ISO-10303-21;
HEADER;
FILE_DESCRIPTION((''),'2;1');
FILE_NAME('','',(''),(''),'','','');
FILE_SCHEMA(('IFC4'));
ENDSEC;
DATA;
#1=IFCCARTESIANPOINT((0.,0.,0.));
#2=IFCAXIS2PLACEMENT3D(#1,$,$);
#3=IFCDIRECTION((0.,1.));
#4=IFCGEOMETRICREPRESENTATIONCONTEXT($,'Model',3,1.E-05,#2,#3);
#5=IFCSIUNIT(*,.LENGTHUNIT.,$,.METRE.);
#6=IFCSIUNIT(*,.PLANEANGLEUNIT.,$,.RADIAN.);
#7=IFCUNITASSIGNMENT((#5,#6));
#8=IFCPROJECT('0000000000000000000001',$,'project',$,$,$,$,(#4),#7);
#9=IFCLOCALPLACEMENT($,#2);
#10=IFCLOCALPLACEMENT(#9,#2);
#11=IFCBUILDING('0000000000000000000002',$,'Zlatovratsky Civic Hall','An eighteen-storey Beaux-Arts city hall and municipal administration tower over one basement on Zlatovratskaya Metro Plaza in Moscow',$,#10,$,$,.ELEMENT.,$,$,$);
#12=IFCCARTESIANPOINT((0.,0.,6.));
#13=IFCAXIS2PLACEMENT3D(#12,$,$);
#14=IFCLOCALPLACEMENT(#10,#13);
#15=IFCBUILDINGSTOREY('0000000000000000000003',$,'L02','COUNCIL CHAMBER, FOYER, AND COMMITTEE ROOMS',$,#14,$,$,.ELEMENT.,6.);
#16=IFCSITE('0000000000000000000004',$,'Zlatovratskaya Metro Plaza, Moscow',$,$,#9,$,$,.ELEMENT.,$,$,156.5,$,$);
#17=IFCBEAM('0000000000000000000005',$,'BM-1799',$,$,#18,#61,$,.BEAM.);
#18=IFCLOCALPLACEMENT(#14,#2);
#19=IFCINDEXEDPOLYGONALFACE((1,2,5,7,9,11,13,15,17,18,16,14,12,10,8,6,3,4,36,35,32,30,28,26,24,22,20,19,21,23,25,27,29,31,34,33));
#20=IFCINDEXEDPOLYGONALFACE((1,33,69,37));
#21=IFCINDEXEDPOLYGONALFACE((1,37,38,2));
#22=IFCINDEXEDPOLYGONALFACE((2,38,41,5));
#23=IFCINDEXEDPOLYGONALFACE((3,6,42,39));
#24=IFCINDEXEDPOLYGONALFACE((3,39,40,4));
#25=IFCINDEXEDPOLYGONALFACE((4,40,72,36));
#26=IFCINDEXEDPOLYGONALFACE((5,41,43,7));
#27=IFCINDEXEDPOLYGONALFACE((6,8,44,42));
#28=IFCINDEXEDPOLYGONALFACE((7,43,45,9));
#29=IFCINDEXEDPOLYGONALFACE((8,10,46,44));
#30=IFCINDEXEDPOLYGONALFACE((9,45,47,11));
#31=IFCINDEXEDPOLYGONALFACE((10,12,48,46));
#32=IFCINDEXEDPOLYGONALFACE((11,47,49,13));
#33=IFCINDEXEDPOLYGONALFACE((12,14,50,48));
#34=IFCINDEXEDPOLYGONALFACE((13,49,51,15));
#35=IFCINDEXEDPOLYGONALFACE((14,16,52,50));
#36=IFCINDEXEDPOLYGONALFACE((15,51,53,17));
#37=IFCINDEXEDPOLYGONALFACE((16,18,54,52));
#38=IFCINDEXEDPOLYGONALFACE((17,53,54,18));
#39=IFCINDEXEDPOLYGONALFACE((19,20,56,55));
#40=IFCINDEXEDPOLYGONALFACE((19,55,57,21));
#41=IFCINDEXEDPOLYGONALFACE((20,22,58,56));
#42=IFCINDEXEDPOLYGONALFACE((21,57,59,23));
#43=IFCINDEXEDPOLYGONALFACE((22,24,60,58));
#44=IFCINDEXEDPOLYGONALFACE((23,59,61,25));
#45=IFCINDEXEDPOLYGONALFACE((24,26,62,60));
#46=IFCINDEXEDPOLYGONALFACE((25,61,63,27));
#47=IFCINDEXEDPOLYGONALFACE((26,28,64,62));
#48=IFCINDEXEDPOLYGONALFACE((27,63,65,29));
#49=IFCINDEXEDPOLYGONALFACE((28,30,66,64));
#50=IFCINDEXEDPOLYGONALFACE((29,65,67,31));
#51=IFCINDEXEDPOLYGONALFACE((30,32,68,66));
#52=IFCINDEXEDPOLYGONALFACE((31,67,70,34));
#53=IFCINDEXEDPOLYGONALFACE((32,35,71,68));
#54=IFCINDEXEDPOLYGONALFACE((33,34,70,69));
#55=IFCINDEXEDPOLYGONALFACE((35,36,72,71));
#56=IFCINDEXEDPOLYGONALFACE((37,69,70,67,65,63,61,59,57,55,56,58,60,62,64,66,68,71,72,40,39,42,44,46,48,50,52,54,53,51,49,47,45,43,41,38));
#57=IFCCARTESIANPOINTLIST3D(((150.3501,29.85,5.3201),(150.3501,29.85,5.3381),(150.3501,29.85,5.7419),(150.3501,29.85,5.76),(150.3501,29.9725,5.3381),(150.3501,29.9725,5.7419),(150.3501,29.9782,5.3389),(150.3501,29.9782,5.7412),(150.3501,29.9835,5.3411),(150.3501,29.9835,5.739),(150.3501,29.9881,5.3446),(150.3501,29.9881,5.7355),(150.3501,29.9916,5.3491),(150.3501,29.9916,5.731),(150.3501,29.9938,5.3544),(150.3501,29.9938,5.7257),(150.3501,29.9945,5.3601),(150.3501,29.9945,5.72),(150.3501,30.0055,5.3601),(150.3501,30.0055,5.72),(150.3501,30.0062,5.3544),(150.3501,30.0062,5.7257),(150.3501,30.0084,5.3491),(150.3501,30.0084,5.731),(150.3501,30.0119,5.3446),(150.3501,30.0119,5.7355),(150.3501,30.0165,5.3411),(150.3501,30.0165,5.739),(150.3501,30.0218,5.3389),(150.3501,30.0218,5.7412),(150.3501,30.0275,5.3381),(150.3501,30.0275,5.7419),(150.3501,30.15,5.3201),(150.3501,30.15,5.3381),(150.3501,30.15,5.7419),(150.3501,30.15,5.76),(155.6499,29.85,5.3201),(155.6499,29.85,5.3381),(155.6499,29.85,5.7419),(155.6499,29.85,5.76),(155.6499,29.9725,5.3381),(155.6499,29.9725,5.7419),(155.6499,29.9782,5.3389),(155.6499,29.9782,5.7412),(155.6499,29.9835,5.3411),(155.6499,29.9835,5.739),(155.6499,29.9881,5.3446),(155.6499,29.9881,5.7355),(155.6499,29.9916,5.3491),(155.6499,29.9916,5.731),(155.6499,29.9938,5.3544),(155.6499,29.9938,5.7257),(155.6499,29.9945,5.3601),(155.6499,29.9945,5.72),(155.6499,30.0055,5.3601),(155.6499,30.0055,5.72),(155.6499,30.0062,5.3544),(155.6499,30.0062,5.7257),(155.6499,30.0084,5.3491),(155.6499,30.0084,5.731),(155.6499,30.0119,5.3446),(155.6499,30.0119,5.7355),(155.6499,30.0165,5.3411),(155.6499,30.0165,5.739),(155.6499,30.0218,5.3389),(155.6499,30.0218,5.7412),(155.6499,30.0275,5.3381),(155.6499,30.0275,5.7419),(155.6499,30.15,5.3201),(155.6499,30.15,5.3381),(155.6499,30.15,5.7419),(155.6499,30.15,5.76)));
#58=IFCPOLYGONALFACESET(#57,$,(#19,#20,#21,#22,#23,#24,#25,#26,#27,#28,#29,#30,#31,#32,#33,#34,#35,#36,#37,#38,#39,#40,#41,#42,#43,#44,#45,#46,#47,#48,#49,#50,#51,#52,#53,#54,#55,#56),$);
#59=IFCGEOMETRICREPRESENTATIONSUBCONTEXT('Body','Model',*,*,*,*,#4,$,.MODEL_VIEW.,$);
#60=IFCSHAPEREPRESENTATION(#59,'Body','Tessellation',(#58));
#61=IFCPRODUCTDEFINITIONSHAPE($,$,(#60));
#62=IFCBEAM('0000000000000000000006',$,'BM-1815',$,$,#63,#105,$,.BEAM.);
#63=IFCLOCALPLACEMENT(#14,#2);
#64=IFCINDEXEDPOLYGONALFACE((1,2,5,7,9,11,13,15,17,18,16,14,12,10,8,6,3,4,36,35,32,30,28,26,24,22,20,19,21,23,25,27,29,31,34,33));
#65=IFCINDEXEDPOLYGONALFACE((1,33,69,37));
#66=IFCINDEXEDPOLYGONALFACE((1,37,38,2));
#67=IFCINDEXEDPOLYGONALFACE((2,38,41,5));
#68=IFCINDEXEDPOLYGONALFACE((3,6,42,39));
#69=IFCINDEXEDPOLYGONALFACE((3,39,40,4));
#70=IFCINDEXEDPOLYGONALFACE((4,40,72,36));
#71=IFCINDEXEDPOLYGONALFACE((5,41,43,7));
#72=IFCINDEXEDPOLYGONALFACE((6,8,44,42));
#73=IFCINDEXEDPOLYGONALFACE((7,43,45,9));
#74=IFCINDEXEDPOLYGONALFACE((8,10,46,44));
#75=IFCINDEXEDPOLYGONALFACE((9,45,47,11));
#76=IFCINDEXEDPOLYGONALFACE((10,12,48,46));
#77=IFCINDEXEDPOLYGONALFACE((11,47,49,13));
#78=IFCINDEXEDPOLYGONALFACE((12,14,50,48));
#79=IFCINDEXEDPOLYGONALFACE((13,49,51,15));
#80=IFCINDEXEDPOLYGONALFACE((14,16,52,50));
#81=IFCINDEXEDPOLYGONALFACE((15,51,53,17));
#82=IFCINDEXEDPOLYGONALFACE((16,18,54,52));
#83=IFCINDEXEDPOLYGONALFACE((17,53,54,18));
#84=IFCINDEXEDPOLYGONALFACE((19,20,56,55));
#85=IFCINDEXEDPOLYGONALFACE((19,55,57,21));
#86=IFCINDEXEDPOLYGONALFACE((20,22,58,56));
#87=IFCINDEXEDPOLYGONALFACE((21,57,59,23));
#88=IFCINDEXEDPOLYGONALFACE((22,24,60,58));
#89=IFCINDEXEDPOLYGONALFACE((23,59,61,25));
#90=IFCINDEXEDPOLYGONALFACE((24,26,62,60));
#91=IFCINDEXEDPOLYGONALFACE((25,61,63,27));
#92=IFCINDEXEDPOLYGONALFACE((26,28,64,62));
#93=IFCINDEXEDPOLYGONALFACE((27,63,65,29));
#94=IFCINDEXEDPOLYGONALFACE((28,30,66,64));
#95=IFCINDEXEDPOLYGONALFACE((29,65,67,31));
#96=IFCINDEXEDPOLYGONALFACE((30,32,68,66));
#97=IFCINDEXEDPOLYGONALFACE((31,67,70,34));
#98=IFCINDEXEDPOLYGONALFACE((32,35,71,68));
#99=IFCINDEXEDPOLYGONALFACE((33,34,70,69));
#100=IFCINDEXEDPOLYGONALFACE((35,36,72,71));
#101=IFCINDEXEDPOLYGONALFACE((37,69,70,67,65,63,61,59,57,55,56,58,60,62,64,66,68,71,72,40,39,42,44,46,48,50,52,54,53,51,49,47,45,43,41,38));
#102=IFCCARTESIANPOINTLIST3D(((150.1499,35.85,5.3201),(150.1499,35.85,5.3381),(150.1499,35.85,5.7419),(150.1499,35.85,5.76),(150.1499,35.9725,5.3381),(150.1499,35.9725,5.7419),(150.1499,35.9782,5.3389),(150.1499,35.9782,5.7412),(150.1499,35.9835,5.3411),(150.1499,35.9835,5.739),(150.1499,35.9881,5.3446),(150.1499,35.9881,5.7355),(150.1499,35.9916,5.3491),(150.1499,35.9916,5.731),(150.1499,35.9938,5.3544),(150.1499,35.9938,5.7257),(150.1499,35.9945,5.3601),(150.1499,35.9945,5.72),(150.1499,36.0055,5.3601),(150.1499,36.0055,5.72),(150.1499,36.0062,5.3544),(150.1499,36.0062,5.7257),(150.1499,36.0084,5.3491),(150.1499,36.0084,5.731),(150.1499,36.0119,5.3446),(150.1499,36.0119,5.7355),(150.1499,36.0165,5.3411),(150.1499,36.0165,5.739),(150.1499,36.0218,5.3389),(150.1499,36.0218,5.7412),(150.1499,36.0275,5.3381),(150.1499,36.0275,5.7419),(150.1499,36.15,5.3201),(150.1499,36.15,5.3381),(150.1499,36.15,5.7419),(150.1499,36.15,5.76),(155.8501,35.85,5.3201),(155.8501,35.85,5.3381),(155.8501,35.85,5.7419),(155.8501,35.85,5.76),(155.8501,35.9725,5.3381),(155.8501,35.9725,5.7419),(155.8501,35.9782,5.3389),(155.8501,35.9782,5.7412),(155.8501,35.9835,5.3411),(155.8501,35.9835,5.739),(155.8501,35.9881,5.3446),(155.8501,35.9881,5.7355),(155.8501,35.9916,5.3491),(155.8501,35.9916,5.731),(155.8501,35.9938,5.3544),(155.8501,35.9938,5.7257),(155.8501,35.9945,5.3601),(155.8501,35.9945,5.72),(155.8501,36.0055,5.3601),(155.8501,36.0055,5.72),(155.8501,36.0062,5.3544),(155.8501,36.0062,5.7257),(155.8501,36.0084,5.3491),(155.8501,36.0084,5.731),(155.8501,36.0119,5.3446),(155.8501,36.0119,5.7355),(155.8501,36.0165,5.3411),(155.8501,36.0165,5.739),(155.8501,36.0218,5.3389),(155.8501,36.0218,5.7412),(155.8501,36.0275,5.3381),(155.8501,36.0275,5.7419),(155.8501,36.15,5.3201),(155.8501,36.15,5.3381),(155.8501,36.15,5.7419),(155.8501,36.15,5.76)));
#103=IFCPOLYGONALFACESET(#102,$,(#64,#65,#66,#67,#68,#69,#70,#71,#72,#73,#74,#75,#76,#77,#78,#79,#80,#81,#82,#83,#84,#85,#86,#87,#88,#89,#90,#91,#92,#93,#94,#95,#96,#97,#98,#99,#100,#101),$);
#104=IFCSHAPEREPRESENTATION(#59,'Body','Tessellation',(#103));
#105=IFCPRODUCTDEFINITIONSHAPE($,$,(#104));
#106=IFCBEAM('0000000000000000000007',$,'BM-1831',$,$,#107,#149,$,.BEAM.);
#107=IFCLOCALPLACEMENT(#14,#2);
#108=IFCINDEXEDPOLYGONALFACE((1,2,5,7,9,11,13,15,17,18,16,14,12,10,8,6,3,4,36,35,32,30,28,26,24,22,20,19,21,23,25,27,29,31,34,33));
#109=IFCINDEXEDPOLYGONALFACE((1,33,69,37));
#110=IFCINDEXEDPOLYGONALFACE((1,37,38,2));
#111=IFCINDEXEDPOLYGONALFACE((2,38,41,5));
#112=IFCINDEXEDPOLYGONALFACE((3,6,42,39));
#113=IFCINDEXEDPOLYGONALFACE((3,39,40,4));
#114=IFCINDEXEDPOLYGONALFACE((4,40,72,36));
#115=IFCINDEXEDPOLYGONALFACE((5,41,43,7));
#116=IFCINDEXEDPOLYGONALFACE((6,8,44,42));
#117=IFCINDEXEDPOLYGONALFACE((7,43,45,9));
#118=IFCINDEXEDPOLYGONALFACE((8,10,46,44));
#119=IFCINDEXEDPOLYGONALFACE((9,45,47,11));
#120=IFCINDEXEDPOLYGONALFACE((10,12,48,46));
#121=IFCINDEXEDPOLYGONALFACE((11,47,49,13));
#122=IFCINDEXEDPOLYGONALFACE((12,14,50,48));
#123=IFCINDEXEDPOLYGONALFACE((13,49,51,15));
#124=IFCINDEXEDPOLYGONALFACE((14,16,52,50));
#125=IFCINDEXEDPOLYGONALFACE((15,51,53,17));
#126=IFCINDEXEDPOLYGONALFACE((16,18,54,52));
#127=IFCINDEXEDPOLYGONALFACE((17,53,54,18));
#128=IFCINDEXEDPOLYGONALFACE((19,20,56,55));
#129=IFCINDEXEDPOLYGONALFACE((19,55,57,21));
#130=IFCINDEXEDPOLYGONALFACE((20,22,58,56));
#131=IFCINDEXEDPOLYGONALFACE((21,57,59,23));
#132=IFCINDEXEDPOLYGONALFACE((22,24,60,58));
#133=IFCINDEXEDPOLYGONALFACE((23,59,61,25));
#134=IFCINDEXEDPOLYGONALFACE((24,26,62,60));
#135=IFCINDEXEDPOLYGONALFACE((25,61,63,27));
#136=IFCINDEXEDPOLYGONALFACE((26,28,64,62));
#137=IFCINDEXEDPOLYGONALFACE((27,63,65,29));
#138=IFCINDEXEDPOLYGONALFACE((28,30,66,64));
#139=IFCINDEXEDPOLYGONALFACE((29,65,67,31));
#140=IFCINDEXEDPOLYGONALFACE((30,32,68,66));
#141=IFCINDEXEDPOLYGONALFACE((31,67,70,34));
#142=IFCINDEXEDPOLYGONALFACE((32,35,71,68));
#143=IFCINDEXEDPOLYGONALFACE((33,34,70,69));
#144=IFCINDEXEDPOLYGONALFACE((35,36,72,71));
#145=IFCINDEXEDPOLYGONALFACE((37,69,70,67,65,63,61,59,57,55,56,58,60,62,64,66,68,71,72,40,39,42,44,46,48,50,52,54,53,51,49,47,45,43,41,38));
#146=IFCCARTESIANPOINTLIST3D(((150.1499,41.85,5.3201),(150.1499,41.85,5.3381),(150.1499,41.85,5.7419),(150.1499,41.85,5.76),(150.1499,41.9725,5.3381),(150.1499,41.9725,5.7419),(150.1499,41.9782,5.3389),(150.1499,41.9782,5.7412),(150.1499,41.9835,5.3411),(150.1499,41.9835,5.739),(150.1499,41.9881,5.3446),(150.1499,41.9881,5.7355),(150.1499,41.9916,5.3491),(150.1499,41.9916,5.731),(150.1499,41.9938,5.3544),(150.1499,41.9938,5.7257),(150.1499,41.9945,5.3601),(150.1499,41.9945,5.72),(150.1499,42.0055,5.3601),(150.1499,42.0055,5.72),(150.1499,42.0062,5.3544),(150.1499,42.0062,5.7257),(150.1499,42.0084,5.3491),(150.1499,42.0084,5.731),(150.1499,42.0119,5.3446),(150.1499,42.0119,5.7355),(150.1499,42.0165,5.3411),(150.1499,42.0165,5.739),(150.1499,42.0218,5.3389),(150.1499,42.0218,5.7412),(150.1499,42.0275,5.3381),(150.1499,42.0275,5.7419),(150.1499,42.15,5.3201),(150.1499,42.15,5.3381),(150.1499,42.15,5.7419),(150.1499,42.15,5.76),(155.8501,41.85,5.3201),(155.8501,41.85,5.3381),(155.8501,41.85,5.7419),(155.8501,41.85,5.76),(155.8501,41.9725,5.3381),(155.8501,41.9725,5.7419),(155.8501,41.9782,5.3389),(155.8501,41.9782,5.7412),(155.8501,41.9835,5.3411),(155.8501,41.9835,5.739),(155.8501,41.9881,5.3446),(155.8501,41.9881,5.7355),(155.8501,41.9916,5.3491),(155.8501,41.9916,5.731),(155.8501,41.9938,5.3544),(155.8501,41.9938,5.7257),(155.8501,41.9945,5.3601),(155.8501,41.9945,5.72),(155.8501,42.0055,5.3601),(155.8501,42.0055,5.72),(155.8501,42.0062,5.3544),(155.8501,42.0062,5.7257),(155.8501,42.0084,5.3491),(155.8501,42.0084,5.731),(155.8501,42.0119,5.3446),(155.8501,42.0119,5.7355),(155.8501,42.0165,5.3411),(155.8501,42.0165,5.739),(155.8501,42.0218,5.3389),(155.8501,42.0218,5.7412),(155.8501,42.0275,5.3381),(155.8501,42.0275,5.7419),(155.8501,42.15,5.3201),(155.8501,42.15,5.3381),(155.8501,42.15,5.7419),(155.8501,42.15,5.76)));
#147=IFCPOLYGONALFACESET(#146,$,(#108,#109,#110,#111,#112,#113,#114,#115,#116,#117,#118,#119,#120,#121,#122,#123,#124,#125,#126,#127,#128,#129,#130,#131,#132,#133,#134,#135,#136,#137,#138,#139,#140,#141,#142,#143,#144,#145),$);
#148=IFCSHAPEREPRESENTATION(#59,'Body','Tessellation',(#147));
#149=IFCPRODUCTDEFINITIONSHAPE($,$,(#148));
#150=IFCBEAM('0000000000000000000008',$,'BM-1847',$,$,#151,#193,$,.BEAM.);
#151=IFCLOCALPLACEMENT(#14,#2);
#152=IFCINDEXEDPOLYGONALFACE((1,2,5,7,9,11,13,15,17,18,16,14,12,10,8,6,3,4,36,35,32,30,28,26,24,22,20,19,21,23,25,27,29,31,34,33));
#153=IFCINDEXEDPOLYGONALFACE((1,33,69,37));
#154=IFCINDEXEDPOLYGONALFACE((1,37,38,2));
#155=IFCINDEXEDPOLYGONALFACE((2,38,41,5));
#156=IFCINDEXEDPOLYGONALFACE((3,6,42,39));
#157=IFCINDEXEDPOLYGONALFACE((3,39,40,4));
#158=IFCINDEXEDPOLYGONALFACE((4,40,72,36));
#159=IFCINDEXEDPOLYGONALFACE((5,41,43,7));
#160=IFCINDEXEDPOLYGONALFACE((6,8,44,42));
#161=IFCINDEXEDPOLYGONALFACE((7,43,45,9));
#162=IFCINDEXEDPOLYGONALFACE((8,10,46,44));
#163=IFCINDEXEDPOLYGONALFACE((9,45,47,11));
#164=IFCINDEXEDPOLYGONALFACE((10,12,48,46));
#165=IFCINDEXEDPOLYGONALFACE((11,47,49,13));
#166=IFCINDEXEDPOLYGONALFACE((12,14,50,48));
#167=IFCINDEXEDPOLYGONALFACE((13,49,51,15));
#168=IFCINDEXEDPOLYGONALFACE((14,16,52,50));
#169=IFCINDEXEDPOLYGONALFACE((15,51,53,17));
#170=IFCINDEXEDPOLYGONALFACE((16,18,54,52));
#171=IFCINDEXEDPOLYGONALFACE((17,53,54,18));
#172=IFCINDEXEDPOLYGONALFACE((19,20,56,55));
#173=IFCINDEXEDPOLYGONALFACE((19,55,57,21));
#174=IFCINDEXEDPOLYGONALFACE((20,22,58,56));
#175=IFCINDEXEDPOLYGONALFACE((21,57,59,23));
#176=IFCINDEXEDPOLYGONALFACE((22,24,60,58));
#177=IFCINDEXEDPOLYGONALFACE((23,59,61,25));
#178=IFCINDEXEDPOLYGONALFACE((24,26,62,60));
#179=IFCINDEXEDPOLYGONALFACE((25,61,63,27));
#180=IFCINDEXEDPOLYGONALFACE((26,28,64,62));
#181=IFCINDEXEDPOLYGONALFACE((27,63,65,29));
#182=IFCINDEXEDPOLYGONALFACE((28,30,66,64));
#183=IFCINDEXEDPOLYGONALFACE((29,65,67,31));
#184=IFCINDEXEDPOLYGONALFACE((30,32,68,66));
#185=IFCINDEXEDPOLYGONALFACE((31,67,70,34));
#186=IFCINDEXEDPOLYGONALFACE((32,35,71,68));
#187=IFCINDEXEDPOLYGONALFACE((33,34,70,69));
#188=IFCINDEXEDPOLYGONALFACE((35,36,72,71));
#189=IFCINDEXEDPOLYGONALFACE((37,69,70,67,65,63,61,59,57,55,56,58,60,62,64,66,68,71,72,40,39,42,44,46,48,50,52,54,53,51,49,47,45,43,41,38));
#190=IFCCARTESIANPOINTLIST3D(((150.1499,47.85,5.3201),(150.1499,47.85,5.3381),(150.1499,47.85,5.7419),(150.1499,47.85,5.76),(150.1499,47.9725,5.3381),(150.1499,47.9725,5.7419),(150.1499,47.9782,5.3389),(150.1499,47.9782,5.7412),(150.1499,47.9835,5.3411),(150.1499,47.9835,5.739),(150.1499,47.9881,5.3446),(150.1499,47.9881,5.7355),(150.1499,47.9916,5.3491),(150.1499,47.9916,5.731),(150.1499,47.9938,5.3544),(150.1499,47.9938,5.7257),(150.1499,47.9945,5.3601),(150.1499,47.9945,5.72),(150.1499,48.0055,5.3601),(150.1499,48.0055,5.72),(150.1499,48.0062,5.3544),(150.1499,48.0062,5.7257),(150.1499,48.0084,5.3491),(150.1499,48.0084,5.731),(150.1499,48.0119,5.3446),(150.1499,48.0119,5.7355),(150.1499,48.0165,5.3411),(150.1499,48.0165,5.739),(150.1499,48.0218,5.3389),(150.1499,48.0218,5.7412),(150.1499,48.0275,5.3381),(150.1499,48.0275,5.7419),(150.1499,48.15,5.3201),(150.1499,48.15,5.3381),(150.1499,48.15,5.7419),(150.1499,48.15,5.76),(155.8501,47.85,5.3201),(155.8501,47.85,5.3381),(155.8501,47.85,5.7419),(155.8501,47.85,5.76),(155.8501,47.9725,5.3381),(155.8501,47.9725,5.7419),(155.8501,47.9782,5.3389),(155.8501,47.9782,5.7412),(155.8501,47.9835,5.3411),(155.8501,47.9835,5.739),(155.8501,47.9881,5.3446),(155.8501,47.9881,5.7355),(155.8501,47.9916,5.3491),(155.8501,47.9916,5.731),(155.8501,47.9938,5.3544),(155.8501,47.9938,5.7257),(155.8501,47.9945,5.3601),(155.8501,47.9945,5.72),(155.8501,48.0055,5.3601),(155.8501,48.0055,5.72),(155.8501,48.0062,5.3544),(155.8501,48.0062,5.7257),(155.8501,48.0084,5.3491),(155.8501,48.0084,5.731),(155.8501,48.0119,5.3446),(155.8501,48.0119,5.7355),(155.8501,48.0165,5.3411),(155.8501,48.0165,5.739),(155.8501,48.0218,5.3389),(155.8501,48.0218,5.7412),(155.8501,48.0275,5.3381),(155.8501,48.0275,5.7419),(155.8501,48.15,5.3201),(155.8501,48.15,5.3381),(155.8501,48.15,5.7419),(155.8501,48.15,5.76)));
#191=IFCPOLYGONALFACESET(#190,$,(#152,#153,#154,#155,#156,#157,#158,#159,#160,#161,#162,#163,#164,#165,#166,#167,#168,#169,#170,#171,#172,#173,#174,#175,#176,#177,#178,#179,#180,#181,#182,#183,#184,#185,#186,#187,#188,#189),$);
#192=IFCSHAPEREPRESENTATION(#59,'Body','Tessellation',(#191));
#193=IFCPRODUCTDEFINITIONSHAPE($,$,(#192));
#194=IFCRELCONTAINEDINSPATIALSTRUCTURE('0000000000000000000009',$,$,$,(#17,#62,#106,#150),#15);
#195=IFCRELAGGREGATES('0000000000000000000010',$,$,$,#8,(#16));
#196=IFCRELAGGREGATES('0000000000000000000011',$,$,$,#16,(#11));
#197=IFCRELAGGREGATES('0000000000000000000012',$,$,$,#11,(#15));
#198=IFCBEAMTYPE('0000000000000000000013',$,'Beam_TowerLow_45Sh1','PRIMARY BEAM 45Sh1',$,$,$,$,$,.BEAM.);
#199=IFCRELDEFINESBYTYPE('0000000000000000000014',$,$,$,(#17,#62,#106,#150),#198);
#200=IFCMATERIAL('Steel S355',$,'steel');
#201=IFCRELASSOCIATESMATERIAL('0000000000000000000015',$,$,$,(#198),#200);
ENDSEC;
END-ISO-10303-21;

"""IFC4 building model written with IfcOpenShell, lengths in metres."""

from ifc_helpers import new_model, si_unit, direction, frame, origin, origin_2d, place, context, subcontext, project, spatial, i_section, extrude, material, material_profile, profile_set, type_object, element, save


model = new_model("IFC4")

# Units and contexts
model_context = context("Model", 3, precision=1e-05, world=origin(), true_north=direction((0.0, 1.0)))
body_context = subcontext(model_context, "Body", "Model", "MODEL_VIEW")
ifc_project = project(units=[si_unit("LENGTHUNIT", "METRE"), si_unit("PLANEANGLEUNIT", "RADIAN")], contexts=[model_context])

# Site, building, storey
site_placement = place(None, origin())
site = spatial("IfcSite", under=ifc_project, at=site_placement, Name="Zlatovratskaya Metro Plaza, Moscow", CompositionType="ELEMENT", RefElevation=156.5)
building_placement = place(site_placement, origin())
building = spatial("IfcBuilding", under=site, at=building_placement, Name="Zlatovratsky Civic Hall", Description="An eighteen-storey Beaux-Arts city hall and municipal administration tower over one basement on Zlatovratskaya Metro Plaza in Moscow", CompositionType="ELEMENT")
storey_placement = place(building_placement, frame((0.0, 0.0, 6.0)))
storey = spatial("IfcBuildingStorey", under=building, at=storey_placement, Name="L02", Description="COUNCIL CHAMBER, FOYER, AND COMMITTEE ROOMS", CompositionType="ELEMENT", Elevation=6.0)

# Shared definitions
ifc_material_1 = material(Name="Steel S355", Category="steel")

# Beams
ifc_material_profile_1 = material_profile(ifc_material_1, i_section(OverallWidth=0.3, OverallDepth=0.4399, WebThickness=0.011, FlangeThickness=0.0181, FilletRadius=0.022, at=origin_2d()), Name="45Sh1")
ifc_profile_set_1 = profile_set([ifc_material_profile_1], Name="Steel S355")
beam_type_1 = type_object("IfcBeamType", Name="Beam_TowerLow_45Sh1", Description="PRIMARY BEAM 45Sh1", PredefinedType="BEAM", material=ifc_profile_set_1)
beam_1_placement = place(storey_placement, frame((150.3501, 30.0, 5.54), z_axis=(1.0, 0.0, 0.0), x_axis=(0.0, 1.0, 0.0)))
element("IfcBeam", 1, at=beam_1_placement, inside=storey, type_object=beam_type_1, Name="BM-1799", PredefinedType="BEAM", context=body_context, shape_type="SweptSolid", body=[
    extrude(i_section(OverallWidth=0.3, OverallDepth=0.4399, WebThickness=0.011, FlangeThickness=0.0181, FilletRadius=0.022, at=origin_2d()), origin(), (0.0, 0.0, 1.0), 5.2998),
])
for number, where, z_axis, x_axis, name in (
    (2, (150.1499, 36.0, 5.54), (1.0, 0.0, 0.0), (0.0, 1.0, 0.0), "BM-1815"),
    (3, (150.1499, 42.0, 5.54), (1.0, 0.0, 0.0), (0.0, 1.0, 0.0), "BM-1831"),
    (4, (150.1499, 48.0, 5.54), (1.0, 0.0, 0.0), (0.0, 1.0, 0.0), "BM-1847"),
):
    element("IfcBeam", number, at=place(storey_placement, frame(where, z_axis=z_axis, x_axis=x_axis)), inside=storey, type_object=beam_type_1, Name=name, PredefinedType="BEAM", context=body_context, shape_type="SweptSolid", body=[
        extrude(i_section(OverallWidth=0.3, OverallDepth=0.4399, WebThickness=0.011, FlangeThickness=0.0181, FilletRadius=0.022, at=origin_2d()), origin(), (0.0, 0.0, 1.0), 5.7002),
    ])

save(model, "model.ifc")
